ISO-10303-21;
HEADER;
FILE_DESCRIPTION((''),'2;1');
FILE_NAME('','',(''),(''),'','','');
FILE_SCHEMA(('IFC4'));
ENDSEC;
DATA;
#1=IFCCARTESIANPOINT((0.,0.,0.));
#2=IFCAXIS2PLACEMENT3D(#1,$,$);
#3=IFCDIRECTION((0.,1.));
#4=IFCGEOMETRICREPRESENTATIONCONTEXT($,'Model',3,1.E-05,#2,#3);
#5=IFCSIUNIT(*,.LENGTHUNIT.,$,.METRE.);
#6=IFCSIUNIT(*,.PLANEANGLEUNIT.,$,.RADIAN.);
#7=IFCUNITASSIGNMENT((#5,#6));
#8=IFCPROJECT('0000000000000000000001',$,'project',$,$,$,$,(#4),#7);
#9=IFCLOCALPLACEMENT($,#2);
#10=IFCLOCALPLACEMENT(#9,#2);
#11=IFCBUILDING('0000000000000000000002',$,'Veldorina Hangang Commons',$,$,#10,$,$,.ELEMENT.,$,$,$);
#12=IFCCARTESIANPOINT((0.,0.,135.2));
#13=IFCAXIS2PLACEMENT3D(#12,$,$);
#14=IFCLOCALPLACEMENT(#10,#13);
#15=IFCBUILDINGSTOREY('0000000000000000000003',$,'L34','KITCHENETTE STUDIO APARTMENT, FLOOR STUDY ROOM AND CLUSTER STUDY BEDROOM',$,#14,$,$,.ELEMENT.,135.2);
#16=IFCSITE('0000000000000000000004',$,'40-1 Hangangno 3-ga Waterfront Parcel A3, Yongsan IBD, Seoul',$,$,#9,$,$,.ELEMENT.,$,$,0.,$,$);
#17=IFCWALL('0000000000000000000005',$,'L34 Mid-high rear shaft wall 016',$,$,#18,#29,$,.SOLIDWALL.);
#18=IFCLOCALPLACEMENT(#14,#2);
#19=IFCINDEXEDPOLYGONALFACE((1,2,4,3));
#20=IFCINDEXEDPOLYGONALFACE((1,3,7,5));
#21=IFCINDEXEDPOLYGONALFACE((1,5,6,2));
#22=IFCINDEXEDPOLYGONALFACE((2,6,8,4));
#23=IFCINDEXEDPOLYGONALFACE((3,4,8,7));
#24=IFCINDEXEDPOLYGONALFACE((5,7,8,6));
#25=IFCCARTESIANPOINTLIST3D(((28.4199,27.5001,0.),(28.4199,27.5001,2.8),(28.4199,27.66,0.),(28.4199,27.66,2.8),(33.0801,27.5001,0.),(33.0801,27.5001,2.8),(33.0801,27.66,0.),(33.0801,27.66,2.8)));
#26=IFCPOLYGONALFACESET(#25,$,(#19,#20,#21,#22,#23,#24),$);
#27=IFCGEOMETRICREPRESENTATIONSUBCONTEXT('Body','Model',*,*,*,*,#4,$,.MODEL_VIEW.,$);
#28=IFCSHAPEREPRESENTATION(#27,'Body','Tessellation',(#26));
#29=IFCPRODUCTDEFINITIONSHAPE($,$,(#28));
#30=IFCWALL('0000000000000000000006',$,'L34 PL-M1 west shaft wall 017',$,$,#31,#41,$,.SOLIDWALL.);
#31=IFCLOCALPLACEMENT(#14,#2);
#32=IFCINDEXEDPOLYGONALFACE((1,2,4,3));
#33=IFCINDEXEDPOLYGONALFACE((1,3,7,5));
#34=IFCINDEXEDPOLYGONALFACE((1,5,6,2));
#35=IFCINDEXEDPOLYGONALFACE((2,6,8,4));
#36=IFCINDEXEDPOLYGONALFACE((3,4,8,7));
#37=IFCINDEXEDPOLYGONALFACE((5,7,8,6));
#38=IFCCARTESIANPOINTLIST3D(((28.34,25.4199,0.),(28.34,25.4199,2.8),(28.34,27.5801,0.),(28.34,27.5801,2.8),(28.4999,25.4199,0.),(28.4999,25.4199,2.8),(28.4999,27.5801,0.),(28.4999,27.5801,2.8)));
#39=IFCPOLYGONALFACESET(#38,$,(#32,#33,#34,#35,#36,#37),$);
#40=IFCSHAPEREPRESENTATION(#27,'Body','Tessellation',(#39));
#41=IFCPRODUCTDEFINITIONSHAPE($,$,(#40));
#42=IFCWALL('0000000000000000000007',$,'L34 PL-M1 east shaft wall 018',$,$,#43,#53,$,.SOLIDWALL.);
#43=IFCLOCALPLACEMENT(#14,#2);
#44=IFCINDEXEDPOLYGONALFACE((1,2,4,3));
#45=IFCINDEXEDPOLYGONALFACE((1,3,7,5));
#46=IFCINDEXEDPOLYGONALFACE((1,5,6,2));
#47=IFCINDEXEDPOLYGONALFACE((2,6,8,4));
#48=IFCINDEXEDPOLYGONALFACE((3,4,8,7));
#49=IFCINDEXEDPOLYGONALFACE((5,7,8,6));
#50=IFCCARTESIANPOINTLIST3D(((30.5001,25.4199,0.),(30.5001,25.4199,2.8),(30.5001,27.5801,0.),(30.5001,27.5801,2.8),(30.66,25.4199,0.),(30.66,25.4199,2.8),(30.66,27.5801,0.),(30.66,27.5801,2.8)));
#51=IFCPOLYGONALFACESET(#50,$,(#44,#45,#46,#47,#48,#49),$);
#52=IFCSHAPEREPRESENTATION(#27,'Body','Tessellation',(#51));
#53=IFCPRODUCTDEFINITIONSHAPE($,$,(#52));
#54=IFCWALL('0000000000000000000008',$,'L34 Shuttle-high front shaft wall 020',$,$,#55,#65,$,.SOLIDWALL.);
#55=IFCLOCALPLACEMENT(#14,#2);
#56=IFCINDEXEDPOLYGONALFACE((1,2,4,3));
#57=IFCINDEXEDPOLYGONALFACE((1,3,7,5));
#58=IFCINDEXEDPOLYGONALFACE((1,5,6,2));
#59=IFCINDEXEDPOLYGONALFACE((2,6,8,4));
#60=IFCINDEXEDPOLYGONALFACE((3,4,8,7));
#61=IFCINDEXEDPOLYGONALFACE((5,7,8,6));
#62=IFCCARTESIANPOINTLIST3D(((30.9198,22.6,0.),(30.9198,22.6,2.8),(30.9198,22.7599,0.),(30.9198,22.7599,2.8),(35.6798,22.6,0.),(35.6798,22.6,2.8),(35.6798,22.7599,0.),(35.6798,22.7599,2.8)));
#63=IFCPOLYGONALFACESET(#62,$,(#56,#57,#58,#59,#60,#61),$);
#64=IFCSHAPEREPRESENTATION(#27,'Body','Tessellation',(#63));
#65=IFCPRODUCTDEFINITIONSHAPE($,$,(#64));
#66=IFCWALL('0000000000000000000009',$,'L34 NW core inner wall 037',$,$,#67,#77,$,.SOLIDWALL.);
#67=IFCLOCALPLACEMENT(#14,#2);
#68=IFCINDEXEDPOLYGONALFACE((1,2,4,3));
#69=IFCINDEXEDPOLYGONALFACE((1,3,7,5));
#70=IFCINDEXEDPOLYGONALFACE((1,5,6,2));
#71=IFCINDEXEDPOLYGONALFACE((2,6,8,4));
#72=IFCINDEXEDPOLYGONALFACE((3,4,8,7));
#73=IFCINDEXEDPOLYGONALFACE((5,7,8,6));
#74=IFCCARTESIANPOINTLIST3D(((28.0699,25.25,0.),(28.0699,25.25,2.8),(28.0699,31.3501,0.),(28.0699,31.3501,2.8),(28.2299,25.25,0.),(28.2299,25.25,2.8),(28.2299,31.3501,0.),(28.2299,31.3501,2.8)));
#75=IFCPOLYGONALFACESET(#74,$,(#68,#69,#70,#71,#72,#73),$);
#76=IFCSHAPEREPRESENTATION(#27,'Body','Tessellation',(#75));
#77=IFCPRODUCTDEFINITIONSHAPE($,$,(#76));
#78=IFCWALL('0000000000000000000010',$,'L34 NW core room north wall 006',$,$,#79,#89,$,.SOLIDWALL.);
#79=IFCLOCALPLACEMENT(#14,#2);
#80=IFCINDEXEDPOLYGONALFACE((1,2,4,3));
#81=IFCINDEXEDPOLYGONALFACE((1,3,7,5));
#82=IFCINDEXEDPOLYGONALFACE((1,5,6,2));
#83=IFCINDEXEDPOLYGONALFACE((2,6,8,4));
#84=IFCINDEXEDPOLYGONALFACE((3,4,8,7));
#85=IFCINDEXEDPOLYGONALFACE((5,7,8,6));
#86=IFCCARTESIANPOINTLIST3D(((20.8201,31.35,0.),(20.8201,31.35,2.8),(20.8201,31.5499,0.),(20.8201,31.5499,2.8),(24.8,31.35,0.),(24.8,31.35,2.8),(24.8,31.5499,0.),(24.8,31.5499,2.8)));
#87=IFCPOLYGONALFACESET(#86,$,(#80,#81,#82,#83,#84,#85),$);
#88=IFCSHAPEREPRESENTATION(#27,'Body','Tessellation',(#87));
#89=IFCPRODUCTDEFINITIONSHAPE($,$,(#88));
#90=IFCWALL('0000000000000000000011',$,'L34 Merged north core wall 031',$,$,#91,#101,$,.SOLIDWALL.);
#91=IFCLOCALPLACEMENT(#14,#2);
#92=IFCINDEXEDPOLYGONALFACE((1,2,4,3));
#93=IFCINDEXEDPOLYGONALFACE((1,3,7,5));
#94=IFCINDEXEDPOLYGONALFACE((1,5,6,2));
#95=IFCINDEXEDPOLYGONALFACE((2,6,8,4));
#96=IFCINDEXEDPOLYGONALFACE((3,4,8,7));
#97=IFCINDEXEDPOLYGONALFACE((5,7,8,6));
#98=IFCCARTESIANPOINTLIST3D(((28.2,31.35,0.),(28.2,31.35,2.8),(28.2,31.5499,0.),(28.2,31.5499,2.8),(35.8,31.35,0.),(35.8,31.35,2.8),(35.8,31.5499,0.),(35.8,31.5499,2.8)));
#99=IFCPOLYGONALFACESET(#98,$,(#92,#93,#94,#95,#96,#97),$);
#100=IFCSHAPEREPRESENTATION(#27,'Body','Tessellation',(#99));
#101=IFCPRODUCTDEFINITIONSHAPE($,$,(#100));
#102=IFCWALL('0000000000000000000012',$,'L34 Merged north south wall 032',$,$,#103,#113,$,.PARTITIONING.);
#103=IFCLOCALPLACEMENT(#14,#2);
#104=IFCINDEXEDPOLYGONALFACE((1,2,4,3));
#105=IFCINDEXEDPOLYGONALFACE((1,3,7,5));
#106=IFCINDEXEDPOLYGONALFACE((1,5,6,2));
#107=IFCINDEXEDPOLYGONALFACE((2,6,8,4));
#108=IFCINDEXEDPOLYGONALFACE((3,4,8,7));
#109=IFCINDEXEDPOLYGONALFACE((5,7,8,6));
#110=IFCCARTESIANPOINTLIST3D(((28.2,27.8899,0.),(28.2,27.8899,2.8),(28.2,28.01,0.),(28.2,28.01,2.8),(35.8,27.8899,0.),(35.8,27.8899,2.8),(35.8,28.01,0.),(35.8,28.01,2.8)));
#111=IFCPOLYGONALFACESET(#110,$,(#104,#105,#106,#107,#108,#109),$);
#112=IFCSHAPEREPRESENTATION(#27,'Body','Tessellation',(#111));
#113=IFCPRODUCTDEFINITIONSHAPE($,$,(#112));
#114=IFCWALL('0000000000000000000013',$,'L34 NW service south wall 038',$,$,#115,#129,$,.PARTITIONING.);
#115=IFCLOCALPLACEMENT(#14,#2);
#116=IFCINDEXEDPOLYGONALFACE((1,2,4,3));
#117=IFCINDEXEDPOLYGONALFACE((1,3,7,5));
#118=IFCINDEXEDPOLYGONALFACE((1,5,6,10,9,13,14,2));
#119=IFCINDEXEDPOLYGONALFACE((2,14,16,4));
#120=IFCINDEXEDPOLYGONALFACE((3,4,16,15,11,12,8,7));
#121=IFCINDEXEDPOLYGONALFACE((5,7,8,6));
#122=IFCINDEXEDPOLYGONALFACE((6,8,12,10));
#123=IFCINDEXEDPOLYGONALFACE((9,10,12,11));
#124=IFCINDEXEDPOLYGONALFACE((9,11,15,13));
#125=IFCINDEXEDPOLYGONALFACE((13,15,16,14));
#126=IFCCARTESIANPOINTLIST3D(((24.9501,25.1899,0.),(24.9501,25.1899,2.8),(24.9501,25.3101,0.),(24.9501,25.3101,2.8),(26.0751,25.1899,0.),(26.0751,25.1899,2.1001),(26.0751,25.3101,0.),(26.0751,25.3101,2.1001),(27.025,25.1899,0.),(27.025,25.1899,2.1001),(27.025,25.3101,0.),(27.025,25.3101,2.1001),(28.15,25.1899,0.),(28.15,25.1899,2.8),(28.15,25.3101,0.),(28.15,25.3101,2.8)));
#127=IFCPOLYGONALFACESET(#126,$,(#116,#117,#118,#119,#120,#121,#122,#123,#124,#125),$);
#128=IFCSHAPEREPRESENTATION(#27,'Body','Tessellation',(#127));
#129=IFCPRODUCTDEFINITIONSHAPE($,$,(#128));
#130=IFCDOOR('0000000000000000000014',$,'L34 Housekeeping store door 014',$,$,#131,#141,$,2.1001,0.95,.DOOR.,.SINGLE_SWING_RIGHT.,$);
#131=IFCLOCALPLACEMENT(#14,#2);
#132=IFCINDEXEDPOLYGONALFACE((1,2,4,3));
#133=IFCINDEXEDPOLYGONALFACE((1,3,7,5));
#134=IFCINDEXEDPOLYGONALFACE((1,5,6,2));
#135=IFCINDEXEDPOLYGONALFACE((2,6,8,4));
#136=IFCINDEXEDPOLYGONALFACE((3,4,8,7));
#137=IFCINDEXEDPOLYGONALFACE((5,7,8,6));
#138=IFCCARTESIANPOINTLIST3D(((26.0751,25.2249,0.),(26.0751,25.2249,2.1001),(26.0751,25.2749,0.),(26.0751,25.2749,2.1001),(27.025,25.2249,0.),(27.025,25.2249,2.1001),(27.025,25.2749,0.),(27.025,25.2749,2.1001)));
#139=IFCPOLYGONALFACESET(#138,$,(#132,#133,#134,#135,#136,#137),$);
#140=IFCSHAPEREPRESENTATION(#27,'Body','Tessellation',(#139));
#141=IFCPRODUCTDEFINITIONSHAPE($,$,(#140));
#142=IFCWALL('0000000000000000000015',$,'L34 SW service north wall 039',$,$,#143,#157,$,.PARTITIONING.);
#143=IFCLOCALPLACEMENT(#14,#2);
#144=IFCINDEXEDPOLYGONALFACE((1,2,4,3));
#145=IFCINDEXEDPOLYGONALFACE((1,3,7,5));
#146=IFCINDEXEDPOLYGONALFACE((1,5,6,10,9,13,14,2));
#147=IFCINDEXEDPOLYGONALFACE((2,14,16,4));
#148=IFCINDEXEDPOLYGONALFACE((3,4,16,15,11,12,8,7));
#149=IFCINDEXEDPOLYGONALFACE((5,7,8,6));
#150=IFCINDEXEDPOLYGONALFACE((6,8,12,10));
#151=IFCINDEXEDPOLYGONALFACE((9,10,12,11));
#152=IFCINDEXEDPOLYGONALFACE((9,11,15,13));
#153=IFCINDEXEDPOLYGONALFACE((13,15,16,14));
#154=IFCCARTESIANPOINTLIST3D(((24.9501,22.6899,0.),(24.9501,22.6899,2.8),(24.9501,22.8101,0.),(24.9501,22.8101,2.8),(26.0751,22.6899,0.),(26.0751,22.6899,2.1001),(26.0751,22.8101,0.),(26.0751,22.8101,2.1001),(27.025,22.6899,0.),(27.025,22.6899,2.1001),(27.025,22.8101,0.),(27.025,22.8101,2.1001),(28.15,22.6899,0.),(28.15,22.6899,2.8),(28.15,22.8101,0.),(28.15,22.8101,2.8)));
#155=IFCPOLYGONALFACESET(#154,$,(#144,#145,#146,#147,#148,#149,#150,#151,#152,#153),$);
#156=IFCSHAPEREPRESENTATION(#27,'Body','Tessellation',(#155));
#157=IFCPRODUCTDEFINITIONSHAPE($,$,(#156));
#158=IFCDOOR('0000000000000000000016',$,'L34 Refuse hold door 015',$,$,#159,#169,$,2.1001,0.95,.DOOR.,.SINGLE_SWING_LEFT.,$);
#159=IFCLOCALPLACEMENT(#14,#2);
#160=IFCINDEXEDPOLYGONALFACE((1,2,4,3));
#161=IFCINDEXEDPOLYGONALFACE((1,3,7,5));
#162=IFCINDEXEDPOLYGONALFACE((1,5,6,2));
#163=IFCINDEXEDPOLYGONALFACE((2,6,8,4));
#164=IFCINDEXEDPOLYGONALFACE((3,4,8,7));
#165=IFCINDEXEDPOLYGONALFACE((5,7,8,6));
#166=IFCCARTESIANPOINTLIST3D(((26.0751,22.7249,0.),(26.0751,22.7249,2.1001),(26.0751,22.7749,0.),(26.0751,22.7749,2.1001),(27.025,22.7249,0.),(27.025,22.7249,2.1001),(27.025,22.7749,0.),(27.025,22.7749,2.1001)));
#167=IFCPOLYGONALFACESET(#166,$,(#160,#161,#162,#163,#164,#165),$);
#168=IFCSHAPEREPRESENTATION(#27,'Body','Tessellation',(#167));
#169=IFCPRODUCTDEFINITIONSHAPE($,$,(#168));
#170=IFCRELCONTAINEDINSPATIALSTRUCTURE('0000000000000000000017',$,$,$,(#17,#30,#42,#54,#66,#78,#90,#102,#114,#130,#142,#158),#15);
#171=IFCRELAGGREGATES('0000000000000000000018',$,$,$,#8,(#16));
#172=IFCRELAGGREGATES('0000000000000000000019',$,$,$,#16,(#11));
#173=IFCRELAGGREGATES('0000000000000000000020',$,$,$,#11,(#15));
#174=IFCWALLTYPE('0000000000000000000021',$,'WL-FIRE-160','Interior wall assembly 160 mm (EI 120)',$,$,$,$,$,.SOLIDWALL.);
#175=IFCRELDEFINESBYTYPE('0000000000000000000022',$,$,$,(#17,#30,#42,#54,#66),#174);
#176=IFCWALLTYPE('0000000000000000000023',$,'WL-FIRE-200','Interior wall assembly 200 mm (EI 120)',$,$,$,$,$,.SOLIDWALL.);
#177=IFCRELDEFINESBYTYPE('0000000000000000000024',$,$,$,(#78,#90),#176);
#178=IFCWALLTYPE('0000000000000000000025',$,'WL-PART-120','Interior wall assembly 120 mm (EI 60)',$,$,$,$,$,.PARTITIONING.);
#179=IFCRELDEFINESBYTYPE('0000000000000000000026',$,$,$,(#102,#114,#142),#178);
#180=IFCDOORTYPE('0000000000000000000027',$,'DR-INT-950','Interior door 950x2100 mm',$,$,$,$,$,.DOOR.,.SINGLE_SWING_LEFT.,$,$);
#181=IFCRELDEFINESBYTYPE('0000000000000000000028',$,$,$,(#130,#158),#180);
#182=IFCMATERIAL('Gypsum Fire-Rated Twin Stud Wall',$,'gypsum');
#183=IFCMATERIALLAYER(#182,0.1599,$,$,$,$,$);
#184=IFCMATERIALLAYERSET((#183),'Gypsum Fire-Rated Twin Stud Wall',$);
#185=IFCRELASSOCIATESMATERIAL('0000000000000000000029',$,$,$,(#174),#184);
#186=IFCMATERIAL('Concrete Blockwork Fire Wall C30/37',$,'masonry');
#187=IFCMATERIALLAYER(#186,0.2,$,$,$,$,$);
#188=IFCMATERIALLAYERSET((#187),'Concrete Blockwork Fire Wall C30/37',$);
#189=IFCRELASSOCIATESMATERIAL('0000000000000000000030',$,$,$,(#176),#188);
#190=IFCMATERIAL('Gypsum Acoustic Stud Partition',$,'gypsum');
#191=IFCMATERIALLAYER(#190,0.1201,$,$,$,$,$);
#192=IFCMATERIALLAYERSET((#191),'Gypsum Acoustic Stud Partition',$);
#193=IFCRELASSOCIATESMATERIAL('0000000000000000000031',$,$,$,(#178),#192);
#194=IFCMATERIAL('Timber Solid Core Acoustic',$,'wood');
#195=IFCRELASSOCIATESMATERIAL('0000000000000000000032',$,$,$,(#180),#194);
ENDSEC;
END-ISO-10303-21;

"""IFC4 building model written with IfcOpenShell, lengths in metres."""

from ifc_helpers import new_model, si_unit, direction, frame, frame_2d, origin, place, context, subcontext, project, spatial, rectangle, extrude, material, layer, layer_set, type_object, element, fill, save


model = new_model("IFC4")

# Units and contexts
model_context = context("Model", 3, precision=1e-05, world=origin(), true_north=direction((0.0, 1.0)))
body_context = subcontext(model_context, "Body", "Model", "MODEL_VIEW")
ifc_project = project(units=[si_unit("LENGTHUNIT", "METRE"), si_unit("PLANEANGLEUNIT", "RADIAN")], contexts=[model_context])

# Site, building, storey
site_placement = place(None, origin())
site = spatial("IfcSite", under=ifc_project, at=site_placement, Name="40-1 Hangangno 3-ga Waterfront Parcel A3, Yongsan IBD, Seoul", CompositionType="ELEMENT", RefElevation=0.0)
building_placement = place(site_placement, origin())
building = spatial("IfcBuilding", under=site, at=building_placement, Name="Veldorina Hangang Commons", CompositionType="ELEMENT")
storey_placement = place(building_placement, frame((0.0, 0.0, 135.2)))
storey = spatial("IfcBuildingStorey", under=building, at=storey_placement, Name="L34", Description="KITCHENETTE STUDIO APARTMENT, FLOOR STUDY ROOM AND CLUSTER STUDY BEDROOM", CompositionType="ELEMENT", Elevation=135.2)

# Shared definitions
ifc_material_1 = material(Name="Gypsum Fire-Rated Twin Stud Wall", Category="gypsum")
ifc_layer_1 = layer(ifc_material_1, 0.1599)
ifc_layer_set_1 = layer_set([ifc_layer_1], Name="Gypsum Fire-Rated Twin Stud Wall")
wall_type_1 = type_object("IfcWallType", Name="WL-FIRE-160", Description="Interior wall assembly 160 mm (EI 120)", PredefinedType="SOLIDWALL", material=ifc_layer_set_1)

# Walls
wall_1_placement = place(storey_placement, frame((28.4199, 27.5801, 0.0), z_axis=(0.0, 0.0, 1.0), x_axis=(1.0, 0.0, 0.0)))
element("IfcWall", 1, at=wall_1_placement, inside=storey, type_object=wall_type_1, Name="L34 Mid-high rear shaft wall 016", PredefinedType="SOLIDWALL", context=body_context, shape_type="SweptSolid", body=[
    extrude(rectangle(XDim=4.6602, YDim=0.1599, at=frame_2d((2.3301, 0.0))), origin(), (0.0, 0.0, 1.0), 2.8),
])
for number, where, z_axis, x_axis, name in (
    (2, (28.4199, 25.4199, 0.0), (0.0, 0.0, 1.0), (0.0, 1.0, 0.0), "L34 PL-M1 west shaft wall 017"),
    (3, (30.5801, 25.4199, 0.0), (0.0, 0.0, 1.0), (0.0, 1.0, 0.0), "L34 PL-M1 east shaft wall 018"),
):
    element("IfcWall", number, at=place(storey_placement, frame(where, z_axis=z_axis, x_axis=x_axis)), inside=storey, type_object=wall_type_1, Name=name, PredefinedType="SOLIDWALL", context=body_context, shape_type="SweptSolid", body=[
        extrude(rectangle(XDim=2.1602, YDim=0.1599, at=frame_2d((1.0801, 0.0))), origin(), (0.0, 0.0, 1.0), 2.8),
    ])
wall_2_placement = place(storey_placement, frame((30.9199, 22.6799, 0.0), z_axis=(0.0, 0.0, 1.0), x_axis=(1.0, 0.0, 0.0)))
element("IfcWall", 4, at=wall_2_placement, inside=storey, type_object=wall_type_1, Name="L34 Shuttle-high front shaft wall 020", PredefinedType="SOLIDWALL", context=body_context, shape_type="SweptSolid", body=[
    extrude(rectangle(XDim=4.76, YDim=0.1599, at=frame_2d((2.3799, 0.0))), origin(), (0.0, 0.0, 1.0), 2.8),
])
wall_3_placement = place(storey_placement, frame((28.1499, 25.25, 0.0), z_axis=(0.0, 0.0, 1.0), x_axis=(0.0, 1.0, 0.0)))
element("IfcWall", 5, at=wall_3_placement, inside=storey, type_object=wall_type_1, Name="L34 NW core inner wall 037", PredefinedType="SOLIDWALL", context=body_context, shape_type="SweptSolid", body=[
    extrude(rectangle(XDim=6.1001, YDim=0.1599, at=frame_2d((3.05, 0.0))), origin(), (0.0, 0.0, 1.0), 2.8),
])
ifc_material_2 = material(Name="Concrete Blockwork Fire Wall C30/37", Category="masonry")
ifc_layer_2 = layer(ifc_material_2, 0.2)
ifc_layer_set_2 = layer_set([ifc_layer_2], Name="Concrete Blockwork Fire Wall C30/37")
wall_type_2 = type_object("IfcWallType", Name="WL-FIRE-200", Description="Interior wall assembly 200 mm (EI 120)", PredefinedType="SOLIDWALL", material=ifc_layer_set_2)
wall_4_placement = place(storey_placement, frame((20.8201, 31.45, 0.0), z_axis=(0.0, 0.0, 1.0), x_axis=(1.0, 0.0, 0.0)))
element("IfcWall", 6, at=wall_4_placement, inside=storey, type_object=wall_type_2, Name="L34 NW core room north wall 006", PredefinedType="SOLIDWALL", context=body_context, shape_type="SweptSolid", body=[
    extrude(rectangle(XDim=3.98, YDim=0.2, at=frame_2d((1.99, 0.0))), origin(), (0.0, 0.0, 1.0), 2.8),
])
wall_5_placement = place(storey_placement, frame((28.2, 31.45, 0.0), z_axis=(0.0, 0.0, 1.0), x_axis=(1.0, 0.0, 0.0)))
element("IfcWall", 7, at=wall_5_placement, inside=storey, type_object=wall_type_2, Name="L34 Merged north core wall 031", PredefinedType="SOLIDWALL", context=body_context, shape_type="SweptSolid", body=[
    extrude(rectangle(XDim=7.6001, YDim=0.2, at=frame_2d((3.8, 0.0))), origin(), (0.0, 0.0, 1.0), 2.8),
])
ifc_material_3 = material(Name="Gypsum Acoustic Stud Partition", Category="gypsum")
ifc_layer_3 = layer(ifc_material_3, 0.1201)
ifc_layer_set_3 = layer_set([ifc_layer_3], Name="Gypsum Acoustic Stud Partition")
wall_type_3 = type_object("IfcWallType", Name="WL-PART-120", Description="Interior wall assembly 120 mm (EI 60)", PredefinedType="PARTITIONING", material=ifc_layer_set_3)
wall_6_placement = place(storey_placement, frame((28.2, 27.95, 0.0), z_axis=(0.0, 0.0, 1.0), x_axis=(1.0, 0.0, 0.0)))
element("IfcWall", 8, at=wall_6_placement, inside=storey, type_object=wall_type_3, Name="L34 Merged north south wall 032", PredefinedType="PARTITIONING", context=body_context, shape_type="SweptSolid", body=[
    extrude(rectangle(XDim=7.6001, YDim=0.1201, at=frame_2d((3.8, 0.0))), origin(), (0.0, 0.0, 1.0), 2.8),
])

# Walls, openings, doors
wall_7_placement = place(storey_placement, frame((24.95, 25.25, 0.0), z_axis=(0.0, 0.0, 1.0), x_axis=(1.0, 0.0, 0.0)))
wall_7 = element("IfcWall", 9, at=wall_7_placement, inside=storey, type_object=wall_type_3, Name="L34 NW service south wall 038", PredefinedType="PARTITIONING", context=body_context, shape_type="SweptSolid", body=[
    extrude(rectangle(XDim=3.2, YDim=0.1201, at=frame_2d((1.6001, 0.0))), origin(), (0.0, 0.0, 1.0), 2.8),
])
opening_1_placement = place(wall_7_placement, frame((1.125, 0.0, 0.0)))
opening_1 = element("IfcOpeningElement", 10, at=opening_1_placement, cuts=wall_7, PredefinedType="OPENING", context=body_context, shape_type="SweptSolid", body=[
    extrude(rectangle(XDim=0.95, YDim=2.1001, at=frame_2d((0.4751, 1.05))), frame((0.0, 0.0701, 0.0), z_axis=(0.0, -1.0, 0.0), x_axis=(1.0, 0.0, 0.0)), (0.0, 0.0, 1.0), 0.1401),
])
ifc_material_4 = material(Name="Timber Solid Core Acoustic", Category="wood")
door_type_1 = type_object("IfcDoorType", Name="DR-INT-950", Description="Interior door 950x2100 mm", OperationType="SINGLE_SWING_LEFT", PredefinedType="DOOR", material=ifc_material_4)
door_1_placement = place(opening_1_placement, origin())
door_1 = element("IfcDoor", 11, at=door_1_placement, inside=storey, type_object=door_type_1, Name="L34 Housekeeping store door 014", OperationType="SINGLE_SWING_RIGHT", OverallHeight=2.1001, OverallWidth=0.95, PredefinedType="DOOR", context=body_context, shape_type="SweptSolid", body=[
    extrude(rectangle(XDim=0.95, YDim=2.1001, at=frame_2d((0.4751, 1.05))), frame((0.0, 0.0249, 0.0), z_axis=(0.0, -1.0, 0.0), x_axis=(1.0, 0.0, 0.0)), (0.0, 0.0, 1.0), 0.05),
])
fill(opening_1, door_1)
wall_8_placement = place(storey_placement, frame((24.95, 22.75, 0.0), z_axis=(0.0, 0.0, 1.0), x_axis=(1.0, 0.0, 0.0)))
wall_8 = element("IfcWall", 12, at=wall_8_placement, inside=storey, type_object=wall_type_3, Name="L34 SW service north wall 039", PredefinedType="PARTITIONING", context=body_context, shape_type="SweptSolid", body=[
    extrude(rectangle(XDim=3.2, YDim=0.1201, at=frame_2d((1.6001, 0.0))), origin(), (0.0, 0.0, 1.0), 2.8),
])
opening_2_placement = place(wall_8_placement, frame((1.125, 0.0, 0.0)))
opening_2 = element("IfcOpeningElement", 13, at=opening_2_placement, cuts=wall_8, PredefinedType="OPENING", context=body_context, shape_type="SweptSolid", body=[
    extrude(rectangle(XDim=0.95, YDim=2.1001, at=frame_2d((0.4751, 1.05))), frame((0.0, 0.0701, 0.0), z_axis=(0.0, -1.0, 0.0), x_axis=(1.0, 0.0, 0.0)), (0.0, 0.0, 1.0), 0.1401),
])
door_2_placement = place(opening_2_placement, origin())
door_2 = element("IfcDoor", 14, at=door_2_placement, inside=storey, type_object=door_type_1, Name="L34 Refuse hold door 015", OperationType="SINGLE_SWING_LEFT", OverallHeight=2.1001, OverallWidth=0.95, PredefinedType="DOOR", context=body_context, shape_type="SweptSolid", body=[
    extrude(rectangle(XDim=0.95, YDim=2.1001, at=frame_2d((0.4751, 1.05))), frame((0.0, 0.0249, 0.0), z_axis=(0.0, -1.0, 0.0), x_axis=(1.0, 0.0, 0.0)), (0.0, 0.0, 1.0), 0.05),
])
fill(opening_2, door_2)

save(model, "model.ifc")
